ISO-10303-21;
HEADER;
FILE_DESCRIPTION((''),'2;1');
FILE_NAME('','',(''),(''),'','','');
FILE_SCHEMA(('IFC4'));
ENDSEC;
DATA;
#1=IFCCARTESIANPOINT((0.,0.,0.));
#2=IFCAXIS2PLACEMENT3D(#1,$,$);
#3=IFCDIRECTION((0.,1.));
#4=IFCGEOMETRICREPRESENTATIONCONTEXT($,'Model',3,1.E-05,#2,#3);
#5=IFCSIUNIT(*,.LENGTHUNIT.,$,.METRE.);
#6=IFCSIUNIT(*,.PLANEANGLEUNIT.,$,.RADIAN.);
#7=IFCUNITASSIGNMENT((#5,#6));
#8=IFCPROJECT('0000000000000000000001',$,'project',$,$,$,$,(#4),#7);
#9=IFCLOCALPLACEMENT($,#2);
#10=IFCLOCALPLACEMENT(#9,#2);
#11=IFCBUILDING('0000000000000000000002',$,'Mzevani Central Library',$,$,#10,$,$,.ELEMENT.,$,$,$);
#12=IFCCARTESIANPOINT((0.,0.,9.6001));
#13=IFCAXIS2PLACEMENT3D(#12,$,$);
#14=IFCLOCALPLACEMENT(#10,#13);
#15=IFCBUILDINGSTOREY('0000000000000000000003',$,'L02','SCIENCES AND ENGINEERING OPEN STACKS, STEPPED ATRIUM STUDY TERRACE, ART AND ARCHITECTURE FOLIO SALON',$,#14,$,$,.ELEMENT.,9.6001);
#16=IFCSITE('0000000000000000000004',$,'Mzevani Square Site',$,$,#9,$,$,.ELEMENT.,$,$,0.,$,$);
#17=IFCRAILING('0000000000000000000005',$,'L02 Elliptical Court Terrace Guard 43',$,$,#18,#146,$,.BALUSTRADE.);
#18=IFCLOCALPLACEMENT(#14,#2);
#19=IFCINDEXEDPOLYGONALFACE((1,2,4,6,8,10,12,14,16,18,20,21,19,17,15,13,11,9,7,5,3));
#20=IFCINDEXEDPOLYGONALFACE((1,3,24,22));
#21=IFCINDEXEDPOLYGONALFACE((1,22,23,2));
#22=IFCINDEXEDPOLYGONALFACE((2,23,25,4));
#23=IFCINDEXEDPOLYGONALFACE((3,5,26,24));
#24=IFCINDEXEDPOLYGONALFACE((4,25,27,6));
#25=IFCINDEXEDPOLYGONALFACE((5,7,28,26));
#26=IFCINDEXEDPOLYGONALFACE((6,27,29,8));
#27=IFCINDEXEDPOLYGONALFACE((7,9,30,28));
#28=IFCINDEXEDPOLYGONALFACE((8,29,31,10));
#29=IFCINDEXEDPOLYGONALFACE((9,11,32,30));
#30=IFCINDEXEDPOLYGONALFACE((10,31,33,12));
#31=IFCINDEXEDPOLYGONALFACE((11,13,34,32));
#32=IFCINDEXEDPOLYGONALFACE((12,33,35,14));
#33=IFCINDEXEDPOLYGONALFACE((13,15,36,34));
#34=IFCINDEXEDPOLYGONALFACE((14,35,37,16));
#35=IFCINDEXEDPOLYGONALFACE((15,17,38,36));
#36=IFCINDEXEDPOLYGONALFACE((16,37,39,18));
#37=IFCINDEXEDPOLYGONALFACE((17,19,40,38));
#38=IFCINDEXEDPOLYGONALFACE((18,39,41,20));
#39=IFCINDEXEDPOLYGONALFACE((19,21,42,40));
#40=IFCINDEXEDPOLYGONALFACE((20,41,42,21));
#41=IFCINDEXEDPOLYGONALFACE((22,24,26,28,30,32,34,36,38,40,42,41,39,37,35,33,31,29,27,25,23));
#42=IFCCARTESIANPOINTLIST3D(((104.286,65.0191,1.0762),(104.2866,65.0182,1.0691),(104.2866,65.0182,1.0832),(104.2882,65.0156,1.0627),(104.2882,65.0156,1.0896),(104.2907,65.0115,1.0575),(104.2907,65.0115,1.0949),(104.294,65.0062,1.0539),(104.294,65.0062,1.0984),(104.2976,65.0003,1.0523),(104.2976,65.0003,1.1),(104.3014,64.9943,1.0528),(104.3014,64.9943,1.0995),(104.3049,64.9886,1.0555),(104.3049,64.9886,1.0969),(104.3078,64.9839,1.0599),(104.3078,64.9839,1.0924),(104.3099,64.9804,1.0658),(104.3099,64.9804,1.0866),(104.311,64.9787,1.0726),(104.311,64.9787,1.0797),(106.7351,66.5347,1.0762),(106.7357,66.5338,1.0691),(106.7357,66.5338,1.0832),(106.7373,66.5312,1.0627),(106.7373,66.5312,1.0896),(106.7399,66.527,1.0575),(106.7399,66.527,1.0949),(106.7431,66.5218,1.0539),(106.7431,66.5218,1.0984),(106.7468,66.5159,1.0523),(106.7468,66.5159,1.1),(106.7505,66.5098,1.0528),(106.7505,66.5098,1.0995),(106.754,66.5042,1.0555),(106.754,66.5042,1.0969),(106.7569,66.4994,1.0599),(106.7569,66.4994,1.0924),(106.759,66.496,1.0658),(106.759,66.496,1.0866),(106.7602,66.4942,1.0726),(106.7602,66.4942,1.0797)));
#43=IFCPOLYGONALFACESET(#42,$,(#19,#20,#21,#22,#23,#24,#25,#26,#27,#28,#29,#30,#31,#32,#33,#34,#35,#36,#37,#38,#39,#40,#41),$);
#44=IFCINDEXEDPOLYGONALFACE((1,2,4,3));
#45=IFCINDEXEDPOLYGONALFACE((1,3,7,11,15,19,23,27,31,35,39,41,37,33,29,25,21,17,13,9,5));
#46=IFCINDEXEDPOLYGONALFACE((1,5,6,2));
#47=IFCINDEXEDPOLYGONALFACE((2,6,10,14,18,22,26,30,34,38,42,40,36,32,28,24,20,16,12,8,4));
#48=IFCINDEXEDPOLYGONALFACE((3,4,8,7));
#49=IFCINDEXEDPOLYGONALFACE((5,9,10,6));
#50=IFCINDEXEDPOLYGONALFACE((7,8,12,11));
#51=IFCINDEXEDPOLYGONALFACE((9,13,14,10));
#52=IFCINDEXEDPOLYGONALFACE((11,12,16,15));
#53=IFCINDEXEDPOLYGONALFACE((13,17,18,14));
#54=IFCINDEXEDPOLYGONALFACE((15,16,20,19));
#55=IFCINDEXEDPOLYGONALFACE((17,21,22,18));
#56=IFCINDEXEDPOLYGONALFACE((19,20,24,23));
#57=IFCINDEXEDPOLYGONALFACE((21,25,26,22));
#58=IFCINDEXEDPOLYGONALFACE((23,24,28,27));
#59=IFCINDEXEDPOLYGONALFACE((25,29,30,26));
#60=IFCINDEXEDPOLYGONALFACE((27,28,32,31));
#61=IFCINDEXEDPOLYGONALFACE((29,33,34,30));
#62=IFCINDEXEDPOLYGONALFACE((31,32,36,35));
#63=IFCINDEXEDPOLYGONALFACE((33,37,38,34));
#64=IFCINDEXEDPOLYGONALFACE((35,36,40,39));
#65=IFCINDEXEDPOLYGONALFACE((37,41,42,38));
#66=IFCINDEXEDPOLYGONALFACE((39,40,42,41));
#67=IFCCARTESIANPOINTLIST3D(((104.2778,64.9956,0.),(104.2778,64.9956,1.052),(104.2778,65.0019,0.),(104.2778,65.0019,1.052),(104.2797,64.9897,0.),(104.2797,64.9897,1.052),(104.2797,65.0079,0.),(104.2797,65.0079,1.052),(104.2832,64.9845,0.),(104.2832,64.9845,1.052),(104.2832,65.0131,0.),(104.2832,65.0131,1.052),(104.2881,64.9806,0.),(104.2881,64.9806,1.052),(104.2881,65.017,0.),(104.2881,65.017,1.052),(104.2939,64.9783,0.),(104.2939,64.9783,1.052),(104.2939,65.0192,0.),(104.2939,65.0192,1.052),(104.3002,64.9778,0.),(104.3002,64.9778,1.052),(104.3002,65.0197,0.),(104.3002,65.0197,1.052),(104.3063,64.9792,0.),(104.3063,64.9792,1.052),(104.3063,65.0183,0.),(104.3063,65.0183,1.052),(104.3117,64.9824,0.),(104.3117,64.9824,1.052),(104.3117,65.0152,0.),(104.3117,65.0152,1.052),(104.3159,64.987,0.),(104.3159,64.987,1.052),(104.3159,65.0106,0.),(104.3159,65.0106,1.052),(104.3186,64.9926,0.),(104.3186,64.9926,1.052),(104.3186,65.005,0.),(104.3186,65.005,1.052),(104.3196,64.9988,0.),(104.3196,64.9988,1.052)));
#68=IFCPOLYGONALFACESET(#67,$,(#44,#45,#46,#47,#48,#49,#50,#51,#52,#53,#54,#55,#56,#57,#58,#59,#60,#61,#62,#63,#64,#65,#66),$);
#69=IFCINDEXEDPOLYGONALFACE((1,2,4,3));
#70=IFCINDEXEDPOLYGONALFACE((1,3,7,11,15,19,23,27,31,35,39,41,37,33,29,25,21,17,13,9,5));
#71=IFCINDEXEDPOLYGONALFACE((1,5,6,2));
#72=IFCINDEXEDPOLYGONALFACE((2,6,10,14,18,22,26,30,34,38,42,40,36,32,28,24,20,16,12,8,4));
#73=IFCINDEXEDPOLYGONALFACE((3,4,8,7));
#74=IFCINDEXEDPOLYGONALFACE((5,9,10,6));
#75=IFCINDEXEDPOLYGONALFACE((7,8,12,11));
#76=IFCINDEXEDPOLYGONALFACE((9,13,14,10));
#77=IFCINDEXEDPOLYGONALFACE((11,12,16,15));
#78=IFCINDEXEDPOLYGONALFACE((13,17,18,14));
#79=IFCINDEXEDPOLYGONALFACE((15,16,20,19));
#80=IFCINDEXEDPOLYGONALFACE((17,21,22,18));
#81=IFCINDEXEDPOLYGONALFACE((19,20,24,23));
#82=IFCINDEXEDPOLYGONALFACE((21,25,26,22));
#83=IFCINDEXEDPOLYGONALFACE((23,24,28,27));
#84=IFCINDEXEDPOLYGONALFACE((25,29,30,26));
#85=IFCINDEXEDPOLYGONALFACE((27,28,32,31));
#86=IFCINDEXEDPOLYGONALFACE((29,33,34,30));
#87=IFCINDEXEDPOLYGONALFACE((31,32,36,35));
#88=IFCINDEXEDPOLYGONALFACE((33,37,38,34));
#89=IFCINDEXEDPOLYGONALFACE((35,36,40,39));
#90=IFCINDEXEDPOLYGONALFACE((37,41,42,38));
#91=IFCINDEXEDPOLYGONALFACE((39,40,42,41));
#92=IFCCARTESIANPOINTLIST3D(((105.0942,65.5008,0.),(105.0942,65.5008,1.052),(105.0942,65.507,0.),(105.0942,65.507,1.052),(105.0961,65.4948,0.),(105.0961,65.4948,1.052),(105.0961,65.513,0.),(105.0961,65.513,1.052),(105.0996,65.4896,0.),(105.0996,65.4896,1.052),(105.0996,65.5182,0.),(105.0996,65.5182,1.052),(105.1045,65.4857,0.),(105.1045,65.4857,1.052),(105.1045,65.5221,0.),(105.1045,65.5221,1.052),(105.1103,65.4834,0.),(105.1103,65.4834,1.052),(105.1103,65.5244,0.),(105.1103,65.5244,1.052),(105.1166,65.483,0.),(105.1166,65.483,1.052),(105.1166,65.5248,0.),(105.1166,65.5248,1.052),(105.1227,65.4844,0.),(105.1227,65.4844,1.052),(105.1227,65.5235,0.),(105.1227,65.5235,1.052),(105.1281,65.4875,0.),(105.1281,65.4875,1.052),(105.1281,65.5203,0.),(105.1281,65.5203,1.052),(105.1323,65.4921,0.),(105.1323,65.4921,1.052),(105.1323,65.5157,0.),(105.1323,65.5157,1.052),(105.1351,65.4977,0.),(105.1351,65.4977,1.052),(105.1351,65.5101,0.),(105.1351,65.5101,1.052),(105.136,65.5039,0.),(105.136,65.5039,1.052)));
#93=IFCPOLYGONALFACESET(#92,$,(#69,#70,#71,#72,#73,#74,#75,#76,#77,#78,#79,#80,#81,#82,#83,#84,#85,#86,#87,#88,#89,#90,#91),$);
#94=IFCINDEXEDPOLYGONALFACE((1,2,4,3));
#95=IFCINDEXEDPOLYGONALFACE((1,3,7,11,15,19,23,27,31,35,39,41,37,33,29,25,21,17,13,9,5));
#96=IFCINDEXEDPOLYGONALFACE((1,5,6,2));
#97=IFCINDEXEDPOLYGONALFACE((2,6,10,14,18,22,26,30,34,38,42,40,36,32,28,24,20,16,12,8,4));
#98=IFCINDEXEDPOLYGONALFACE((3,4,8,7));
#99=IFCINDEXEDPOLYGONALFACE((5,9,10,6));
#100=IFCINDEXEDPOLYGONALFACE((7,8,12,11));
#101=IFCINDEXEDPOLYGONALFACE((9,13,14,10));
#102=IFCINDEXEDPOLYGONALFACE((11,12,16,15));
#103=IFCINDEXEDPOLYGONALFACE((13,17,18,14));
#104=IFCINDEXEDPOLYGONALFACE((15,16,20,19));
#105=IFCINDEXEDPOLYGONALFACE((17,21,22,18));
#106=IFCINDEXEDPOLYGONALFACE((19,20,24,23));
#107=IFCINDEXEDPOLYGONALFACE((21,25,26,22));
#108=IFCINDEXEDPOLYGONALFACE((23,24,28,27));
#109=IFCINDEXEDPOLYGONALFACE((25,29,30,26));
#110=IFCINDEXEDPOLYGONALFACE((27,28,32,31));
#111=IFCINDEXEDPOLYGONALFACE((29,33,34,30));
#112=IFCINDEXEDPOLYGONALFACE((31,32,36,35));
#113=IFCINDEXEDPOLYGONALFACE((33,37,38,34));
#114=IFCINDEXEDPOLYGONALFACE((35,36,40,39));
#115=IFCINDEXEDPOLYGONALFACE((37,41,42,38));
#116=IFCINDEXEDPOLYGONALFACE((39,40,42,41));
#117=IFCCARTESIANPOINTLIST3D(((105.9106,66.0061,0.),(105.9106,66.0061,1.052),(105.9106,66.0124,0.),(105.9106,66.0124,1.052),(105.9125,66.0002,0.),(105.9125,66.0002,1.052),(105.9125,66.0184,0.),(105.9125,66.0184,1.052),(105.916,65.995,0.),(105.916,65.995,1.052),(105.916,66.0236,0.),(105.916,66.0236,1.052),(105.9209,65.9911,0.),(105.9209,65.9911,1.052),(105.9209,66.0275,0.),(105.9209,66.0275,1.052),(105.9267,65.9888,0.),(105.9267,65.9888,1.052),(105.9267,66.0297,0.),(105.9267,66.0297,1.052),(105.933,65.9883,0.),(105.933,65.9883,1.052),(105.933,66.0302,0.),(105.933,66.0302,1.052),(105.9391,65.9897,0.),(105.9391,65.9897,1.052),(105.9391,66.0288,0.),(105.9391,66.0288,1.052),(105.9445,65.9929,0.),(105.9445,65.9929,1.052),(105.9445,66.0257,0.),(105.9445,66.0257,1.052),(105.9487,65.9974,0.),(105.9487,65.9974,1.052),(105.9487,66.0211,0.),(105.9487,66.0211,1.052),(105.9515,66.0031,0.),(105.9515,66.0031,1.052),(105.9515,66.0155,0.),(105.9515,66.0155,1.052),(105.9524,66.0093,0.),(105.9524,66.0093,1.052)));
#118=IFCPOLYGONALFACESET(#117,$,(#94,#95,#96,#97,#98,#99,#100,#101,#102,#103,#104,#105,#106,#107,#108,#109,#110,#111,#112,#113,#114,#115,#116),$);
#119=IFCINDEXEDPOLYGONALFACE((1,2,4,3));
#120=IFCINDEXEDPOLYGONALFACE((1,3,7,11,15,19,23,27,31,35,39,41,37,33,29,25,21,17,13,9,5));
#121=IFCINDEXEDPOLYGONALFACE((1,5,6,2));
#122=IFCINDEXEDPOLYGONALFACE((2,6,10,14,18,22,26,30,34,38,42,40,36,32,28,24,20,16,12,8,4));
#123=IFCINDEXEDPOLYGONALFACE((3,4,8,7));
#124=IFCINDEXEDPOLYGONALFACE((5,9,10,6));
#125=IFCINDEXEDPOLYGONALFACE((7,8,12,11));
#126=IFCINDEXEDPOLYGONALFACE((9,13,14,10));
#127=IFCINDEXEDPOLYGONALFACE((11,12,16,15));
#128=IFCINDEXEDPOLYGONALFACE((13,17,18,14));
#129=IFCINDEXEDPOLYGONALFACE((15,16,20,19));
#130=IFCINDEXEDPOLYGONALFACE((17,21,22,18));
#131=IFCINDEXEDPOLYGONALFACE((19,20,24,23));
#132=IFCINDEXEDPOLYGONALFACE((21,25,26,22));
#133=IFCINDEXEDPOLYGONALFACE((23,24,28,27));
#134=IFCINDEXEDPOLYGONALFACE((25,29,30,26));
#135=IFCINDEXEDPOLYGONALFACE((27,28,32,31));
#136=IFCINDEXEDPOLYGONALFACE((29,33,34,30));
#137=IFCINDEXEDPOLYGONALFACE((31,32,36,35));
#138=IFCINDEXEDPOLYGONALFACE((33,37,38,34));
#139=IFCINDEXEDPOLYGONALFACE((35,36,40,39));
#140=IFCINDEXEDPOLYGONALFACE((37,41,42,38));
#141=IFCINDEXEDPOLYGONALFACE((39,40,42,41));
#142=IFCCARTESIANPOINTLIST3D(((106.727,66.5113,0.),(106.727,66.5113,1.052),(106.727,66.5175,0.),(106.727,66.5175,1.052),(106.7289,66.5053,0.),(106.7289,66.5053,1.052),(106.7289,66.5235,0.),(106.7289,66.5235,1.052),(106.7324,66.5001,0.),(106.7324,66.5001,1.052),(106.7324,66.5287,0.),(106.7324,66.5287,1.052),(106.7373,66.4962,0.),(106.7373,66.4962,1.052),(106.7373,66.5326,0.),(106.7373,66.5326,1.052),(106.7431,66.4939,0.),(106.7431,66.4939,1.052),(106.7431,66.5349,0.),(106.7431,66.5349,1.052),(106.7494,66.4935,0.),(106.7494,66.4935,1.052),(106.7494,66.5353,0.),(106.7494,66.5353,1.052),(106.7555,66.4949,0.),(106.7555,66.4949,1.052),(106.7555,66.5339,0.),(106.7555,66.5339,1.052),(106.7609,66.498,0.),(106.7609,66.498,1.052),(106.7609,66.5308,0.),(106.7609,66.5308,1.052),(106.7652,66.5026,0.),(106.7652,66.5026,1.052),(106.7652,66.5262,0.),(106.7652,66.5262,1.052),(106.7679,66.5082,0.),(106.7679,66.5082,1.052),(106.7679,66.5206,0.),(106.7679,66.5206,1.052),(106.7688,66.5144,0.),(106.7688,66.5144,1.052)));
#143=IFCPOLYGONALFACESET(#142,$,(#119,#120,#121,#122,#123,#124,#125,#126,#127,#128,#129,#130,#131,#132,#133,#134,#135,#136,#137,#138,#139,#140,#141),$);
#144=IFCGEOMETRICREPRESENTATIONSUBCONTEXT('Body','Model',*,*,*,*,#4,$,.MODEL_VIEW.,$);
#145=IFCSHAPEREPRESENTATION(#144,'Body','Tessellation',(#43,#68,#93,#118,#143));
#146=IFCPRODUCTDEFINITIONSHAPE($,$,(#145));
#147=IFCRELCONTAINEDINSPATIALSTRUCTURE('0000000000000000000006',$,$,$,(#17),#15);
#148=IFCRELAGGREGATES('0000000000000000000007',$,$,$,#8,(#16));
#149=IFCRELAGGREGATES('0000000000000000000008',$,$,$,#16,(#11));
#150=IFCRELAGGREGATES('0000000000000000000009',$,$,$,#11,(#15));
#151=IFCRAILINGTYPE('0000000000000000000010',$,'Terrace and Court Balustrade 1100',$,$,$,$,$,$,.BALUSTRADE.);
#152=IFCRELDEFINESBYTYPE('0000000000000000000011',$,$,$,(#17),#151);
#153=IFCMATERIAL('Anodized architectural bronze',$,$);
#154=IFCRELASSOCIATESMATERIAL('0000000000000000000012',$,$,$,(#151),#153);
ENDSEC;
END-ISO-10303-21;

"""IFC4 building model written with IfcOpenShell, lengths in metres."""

from ifc_helpers import new_model, si_unit, direction, frame, origin, origin_2d, place, context, subcontext, project, spatial, circle, extrude, material, type_object, element, save


model = new_model("IFC4")

# Units and contexts
model_context = context("Model", 3, precision=1e-05, world=origin(), true_north=direction((0.0, 1.0)))
body_context = subcontext(model_context, "Body", "Model", "MODEL_VIEW")
ifc_project = project(units=[si_unit("LENGTHUNIT", "METRE"), si_unit("PLANEANGLEUNIT", "RADIAN")], contexts=[model_context])

# Site, building, storey
site_placement = place(None, origin())
site = spatial("IfcSite", under=ifc_project, at=site_placement, Name="Mzevani Square Site", CompositionType="ELEMENT", RefElevation=0.0)
building_placement = place(site_placement, origin())
building = spatial("IfcBuilding", under=site, at=building_placement, Name="Mzevani Central Library", CompositionType="ELEMENT")
storey_placement = place(building_placement, frame((0.0, 0.0, 9.6001)))
storey = spatial("IfcBuildingStorey", under=building, at=storey_placement, Name="L02", Description="SCIENCES AND ENGINEERING OPEN STACKS, STEPPED ATRIUM STUDY TERRACE, ART AND ARCHITECTURE FOLIO SALON", CompositionType="ELEMENT", Elevation=9.6001)

# Railing
ifc_material_1 = material(Name="Anodized architectural bronze")
railing_type = type_object("IfcRailingType", Name="Terrace and Court Balustrade 1100", PredefinedType="BALUSTRADE", material=ifc_material_1)
railing_1_placement = place(storey_placement, frame((104.2986, 64.9988, 0.0)))
element("IfcRailing", 1, at=railing_1_placement, inside=storey, type_object=railing_type, Name="L02 Elliptical Court Terrace Guard 43", PredefinedType="BALUSTRADE", context=body_context, shape_type="SweptSolid", body=[
    extrude(circle(Radius=0.0239, at=origin_2d()), frame((0.0, 0.0, 1.0762), z_axis=(0.850352, 0.526215, 0.0), x_axis=(-0.526215, 0.850352, 0.0)), (0.0, 0.0, 1.0), 2.8801),
    extrude(circle(Radius=0.021, at=origin_2d()), origin(), (0.0, 0.0, 1.0), 1.052),
    extrude(circle(Radius=0.021, at=origin_2d()), frame((0.8164, 0.5051, 0.0)), (0.0, 0.0, 1.0), 1.052),
    extrude(circle(Radius=0.021, at=origin_2d()), frame((1.6328, 1.0105, 0.0)), (0.0, 0.0, 1.0), 1.052),
    extrude(circle(Radius=0.021, at=origin_2d()), frame((2.4492, 1.5156, 0.0)), (0.0, 0.0, 1.0), 1.052),
])

save(model, "model.ifc")
